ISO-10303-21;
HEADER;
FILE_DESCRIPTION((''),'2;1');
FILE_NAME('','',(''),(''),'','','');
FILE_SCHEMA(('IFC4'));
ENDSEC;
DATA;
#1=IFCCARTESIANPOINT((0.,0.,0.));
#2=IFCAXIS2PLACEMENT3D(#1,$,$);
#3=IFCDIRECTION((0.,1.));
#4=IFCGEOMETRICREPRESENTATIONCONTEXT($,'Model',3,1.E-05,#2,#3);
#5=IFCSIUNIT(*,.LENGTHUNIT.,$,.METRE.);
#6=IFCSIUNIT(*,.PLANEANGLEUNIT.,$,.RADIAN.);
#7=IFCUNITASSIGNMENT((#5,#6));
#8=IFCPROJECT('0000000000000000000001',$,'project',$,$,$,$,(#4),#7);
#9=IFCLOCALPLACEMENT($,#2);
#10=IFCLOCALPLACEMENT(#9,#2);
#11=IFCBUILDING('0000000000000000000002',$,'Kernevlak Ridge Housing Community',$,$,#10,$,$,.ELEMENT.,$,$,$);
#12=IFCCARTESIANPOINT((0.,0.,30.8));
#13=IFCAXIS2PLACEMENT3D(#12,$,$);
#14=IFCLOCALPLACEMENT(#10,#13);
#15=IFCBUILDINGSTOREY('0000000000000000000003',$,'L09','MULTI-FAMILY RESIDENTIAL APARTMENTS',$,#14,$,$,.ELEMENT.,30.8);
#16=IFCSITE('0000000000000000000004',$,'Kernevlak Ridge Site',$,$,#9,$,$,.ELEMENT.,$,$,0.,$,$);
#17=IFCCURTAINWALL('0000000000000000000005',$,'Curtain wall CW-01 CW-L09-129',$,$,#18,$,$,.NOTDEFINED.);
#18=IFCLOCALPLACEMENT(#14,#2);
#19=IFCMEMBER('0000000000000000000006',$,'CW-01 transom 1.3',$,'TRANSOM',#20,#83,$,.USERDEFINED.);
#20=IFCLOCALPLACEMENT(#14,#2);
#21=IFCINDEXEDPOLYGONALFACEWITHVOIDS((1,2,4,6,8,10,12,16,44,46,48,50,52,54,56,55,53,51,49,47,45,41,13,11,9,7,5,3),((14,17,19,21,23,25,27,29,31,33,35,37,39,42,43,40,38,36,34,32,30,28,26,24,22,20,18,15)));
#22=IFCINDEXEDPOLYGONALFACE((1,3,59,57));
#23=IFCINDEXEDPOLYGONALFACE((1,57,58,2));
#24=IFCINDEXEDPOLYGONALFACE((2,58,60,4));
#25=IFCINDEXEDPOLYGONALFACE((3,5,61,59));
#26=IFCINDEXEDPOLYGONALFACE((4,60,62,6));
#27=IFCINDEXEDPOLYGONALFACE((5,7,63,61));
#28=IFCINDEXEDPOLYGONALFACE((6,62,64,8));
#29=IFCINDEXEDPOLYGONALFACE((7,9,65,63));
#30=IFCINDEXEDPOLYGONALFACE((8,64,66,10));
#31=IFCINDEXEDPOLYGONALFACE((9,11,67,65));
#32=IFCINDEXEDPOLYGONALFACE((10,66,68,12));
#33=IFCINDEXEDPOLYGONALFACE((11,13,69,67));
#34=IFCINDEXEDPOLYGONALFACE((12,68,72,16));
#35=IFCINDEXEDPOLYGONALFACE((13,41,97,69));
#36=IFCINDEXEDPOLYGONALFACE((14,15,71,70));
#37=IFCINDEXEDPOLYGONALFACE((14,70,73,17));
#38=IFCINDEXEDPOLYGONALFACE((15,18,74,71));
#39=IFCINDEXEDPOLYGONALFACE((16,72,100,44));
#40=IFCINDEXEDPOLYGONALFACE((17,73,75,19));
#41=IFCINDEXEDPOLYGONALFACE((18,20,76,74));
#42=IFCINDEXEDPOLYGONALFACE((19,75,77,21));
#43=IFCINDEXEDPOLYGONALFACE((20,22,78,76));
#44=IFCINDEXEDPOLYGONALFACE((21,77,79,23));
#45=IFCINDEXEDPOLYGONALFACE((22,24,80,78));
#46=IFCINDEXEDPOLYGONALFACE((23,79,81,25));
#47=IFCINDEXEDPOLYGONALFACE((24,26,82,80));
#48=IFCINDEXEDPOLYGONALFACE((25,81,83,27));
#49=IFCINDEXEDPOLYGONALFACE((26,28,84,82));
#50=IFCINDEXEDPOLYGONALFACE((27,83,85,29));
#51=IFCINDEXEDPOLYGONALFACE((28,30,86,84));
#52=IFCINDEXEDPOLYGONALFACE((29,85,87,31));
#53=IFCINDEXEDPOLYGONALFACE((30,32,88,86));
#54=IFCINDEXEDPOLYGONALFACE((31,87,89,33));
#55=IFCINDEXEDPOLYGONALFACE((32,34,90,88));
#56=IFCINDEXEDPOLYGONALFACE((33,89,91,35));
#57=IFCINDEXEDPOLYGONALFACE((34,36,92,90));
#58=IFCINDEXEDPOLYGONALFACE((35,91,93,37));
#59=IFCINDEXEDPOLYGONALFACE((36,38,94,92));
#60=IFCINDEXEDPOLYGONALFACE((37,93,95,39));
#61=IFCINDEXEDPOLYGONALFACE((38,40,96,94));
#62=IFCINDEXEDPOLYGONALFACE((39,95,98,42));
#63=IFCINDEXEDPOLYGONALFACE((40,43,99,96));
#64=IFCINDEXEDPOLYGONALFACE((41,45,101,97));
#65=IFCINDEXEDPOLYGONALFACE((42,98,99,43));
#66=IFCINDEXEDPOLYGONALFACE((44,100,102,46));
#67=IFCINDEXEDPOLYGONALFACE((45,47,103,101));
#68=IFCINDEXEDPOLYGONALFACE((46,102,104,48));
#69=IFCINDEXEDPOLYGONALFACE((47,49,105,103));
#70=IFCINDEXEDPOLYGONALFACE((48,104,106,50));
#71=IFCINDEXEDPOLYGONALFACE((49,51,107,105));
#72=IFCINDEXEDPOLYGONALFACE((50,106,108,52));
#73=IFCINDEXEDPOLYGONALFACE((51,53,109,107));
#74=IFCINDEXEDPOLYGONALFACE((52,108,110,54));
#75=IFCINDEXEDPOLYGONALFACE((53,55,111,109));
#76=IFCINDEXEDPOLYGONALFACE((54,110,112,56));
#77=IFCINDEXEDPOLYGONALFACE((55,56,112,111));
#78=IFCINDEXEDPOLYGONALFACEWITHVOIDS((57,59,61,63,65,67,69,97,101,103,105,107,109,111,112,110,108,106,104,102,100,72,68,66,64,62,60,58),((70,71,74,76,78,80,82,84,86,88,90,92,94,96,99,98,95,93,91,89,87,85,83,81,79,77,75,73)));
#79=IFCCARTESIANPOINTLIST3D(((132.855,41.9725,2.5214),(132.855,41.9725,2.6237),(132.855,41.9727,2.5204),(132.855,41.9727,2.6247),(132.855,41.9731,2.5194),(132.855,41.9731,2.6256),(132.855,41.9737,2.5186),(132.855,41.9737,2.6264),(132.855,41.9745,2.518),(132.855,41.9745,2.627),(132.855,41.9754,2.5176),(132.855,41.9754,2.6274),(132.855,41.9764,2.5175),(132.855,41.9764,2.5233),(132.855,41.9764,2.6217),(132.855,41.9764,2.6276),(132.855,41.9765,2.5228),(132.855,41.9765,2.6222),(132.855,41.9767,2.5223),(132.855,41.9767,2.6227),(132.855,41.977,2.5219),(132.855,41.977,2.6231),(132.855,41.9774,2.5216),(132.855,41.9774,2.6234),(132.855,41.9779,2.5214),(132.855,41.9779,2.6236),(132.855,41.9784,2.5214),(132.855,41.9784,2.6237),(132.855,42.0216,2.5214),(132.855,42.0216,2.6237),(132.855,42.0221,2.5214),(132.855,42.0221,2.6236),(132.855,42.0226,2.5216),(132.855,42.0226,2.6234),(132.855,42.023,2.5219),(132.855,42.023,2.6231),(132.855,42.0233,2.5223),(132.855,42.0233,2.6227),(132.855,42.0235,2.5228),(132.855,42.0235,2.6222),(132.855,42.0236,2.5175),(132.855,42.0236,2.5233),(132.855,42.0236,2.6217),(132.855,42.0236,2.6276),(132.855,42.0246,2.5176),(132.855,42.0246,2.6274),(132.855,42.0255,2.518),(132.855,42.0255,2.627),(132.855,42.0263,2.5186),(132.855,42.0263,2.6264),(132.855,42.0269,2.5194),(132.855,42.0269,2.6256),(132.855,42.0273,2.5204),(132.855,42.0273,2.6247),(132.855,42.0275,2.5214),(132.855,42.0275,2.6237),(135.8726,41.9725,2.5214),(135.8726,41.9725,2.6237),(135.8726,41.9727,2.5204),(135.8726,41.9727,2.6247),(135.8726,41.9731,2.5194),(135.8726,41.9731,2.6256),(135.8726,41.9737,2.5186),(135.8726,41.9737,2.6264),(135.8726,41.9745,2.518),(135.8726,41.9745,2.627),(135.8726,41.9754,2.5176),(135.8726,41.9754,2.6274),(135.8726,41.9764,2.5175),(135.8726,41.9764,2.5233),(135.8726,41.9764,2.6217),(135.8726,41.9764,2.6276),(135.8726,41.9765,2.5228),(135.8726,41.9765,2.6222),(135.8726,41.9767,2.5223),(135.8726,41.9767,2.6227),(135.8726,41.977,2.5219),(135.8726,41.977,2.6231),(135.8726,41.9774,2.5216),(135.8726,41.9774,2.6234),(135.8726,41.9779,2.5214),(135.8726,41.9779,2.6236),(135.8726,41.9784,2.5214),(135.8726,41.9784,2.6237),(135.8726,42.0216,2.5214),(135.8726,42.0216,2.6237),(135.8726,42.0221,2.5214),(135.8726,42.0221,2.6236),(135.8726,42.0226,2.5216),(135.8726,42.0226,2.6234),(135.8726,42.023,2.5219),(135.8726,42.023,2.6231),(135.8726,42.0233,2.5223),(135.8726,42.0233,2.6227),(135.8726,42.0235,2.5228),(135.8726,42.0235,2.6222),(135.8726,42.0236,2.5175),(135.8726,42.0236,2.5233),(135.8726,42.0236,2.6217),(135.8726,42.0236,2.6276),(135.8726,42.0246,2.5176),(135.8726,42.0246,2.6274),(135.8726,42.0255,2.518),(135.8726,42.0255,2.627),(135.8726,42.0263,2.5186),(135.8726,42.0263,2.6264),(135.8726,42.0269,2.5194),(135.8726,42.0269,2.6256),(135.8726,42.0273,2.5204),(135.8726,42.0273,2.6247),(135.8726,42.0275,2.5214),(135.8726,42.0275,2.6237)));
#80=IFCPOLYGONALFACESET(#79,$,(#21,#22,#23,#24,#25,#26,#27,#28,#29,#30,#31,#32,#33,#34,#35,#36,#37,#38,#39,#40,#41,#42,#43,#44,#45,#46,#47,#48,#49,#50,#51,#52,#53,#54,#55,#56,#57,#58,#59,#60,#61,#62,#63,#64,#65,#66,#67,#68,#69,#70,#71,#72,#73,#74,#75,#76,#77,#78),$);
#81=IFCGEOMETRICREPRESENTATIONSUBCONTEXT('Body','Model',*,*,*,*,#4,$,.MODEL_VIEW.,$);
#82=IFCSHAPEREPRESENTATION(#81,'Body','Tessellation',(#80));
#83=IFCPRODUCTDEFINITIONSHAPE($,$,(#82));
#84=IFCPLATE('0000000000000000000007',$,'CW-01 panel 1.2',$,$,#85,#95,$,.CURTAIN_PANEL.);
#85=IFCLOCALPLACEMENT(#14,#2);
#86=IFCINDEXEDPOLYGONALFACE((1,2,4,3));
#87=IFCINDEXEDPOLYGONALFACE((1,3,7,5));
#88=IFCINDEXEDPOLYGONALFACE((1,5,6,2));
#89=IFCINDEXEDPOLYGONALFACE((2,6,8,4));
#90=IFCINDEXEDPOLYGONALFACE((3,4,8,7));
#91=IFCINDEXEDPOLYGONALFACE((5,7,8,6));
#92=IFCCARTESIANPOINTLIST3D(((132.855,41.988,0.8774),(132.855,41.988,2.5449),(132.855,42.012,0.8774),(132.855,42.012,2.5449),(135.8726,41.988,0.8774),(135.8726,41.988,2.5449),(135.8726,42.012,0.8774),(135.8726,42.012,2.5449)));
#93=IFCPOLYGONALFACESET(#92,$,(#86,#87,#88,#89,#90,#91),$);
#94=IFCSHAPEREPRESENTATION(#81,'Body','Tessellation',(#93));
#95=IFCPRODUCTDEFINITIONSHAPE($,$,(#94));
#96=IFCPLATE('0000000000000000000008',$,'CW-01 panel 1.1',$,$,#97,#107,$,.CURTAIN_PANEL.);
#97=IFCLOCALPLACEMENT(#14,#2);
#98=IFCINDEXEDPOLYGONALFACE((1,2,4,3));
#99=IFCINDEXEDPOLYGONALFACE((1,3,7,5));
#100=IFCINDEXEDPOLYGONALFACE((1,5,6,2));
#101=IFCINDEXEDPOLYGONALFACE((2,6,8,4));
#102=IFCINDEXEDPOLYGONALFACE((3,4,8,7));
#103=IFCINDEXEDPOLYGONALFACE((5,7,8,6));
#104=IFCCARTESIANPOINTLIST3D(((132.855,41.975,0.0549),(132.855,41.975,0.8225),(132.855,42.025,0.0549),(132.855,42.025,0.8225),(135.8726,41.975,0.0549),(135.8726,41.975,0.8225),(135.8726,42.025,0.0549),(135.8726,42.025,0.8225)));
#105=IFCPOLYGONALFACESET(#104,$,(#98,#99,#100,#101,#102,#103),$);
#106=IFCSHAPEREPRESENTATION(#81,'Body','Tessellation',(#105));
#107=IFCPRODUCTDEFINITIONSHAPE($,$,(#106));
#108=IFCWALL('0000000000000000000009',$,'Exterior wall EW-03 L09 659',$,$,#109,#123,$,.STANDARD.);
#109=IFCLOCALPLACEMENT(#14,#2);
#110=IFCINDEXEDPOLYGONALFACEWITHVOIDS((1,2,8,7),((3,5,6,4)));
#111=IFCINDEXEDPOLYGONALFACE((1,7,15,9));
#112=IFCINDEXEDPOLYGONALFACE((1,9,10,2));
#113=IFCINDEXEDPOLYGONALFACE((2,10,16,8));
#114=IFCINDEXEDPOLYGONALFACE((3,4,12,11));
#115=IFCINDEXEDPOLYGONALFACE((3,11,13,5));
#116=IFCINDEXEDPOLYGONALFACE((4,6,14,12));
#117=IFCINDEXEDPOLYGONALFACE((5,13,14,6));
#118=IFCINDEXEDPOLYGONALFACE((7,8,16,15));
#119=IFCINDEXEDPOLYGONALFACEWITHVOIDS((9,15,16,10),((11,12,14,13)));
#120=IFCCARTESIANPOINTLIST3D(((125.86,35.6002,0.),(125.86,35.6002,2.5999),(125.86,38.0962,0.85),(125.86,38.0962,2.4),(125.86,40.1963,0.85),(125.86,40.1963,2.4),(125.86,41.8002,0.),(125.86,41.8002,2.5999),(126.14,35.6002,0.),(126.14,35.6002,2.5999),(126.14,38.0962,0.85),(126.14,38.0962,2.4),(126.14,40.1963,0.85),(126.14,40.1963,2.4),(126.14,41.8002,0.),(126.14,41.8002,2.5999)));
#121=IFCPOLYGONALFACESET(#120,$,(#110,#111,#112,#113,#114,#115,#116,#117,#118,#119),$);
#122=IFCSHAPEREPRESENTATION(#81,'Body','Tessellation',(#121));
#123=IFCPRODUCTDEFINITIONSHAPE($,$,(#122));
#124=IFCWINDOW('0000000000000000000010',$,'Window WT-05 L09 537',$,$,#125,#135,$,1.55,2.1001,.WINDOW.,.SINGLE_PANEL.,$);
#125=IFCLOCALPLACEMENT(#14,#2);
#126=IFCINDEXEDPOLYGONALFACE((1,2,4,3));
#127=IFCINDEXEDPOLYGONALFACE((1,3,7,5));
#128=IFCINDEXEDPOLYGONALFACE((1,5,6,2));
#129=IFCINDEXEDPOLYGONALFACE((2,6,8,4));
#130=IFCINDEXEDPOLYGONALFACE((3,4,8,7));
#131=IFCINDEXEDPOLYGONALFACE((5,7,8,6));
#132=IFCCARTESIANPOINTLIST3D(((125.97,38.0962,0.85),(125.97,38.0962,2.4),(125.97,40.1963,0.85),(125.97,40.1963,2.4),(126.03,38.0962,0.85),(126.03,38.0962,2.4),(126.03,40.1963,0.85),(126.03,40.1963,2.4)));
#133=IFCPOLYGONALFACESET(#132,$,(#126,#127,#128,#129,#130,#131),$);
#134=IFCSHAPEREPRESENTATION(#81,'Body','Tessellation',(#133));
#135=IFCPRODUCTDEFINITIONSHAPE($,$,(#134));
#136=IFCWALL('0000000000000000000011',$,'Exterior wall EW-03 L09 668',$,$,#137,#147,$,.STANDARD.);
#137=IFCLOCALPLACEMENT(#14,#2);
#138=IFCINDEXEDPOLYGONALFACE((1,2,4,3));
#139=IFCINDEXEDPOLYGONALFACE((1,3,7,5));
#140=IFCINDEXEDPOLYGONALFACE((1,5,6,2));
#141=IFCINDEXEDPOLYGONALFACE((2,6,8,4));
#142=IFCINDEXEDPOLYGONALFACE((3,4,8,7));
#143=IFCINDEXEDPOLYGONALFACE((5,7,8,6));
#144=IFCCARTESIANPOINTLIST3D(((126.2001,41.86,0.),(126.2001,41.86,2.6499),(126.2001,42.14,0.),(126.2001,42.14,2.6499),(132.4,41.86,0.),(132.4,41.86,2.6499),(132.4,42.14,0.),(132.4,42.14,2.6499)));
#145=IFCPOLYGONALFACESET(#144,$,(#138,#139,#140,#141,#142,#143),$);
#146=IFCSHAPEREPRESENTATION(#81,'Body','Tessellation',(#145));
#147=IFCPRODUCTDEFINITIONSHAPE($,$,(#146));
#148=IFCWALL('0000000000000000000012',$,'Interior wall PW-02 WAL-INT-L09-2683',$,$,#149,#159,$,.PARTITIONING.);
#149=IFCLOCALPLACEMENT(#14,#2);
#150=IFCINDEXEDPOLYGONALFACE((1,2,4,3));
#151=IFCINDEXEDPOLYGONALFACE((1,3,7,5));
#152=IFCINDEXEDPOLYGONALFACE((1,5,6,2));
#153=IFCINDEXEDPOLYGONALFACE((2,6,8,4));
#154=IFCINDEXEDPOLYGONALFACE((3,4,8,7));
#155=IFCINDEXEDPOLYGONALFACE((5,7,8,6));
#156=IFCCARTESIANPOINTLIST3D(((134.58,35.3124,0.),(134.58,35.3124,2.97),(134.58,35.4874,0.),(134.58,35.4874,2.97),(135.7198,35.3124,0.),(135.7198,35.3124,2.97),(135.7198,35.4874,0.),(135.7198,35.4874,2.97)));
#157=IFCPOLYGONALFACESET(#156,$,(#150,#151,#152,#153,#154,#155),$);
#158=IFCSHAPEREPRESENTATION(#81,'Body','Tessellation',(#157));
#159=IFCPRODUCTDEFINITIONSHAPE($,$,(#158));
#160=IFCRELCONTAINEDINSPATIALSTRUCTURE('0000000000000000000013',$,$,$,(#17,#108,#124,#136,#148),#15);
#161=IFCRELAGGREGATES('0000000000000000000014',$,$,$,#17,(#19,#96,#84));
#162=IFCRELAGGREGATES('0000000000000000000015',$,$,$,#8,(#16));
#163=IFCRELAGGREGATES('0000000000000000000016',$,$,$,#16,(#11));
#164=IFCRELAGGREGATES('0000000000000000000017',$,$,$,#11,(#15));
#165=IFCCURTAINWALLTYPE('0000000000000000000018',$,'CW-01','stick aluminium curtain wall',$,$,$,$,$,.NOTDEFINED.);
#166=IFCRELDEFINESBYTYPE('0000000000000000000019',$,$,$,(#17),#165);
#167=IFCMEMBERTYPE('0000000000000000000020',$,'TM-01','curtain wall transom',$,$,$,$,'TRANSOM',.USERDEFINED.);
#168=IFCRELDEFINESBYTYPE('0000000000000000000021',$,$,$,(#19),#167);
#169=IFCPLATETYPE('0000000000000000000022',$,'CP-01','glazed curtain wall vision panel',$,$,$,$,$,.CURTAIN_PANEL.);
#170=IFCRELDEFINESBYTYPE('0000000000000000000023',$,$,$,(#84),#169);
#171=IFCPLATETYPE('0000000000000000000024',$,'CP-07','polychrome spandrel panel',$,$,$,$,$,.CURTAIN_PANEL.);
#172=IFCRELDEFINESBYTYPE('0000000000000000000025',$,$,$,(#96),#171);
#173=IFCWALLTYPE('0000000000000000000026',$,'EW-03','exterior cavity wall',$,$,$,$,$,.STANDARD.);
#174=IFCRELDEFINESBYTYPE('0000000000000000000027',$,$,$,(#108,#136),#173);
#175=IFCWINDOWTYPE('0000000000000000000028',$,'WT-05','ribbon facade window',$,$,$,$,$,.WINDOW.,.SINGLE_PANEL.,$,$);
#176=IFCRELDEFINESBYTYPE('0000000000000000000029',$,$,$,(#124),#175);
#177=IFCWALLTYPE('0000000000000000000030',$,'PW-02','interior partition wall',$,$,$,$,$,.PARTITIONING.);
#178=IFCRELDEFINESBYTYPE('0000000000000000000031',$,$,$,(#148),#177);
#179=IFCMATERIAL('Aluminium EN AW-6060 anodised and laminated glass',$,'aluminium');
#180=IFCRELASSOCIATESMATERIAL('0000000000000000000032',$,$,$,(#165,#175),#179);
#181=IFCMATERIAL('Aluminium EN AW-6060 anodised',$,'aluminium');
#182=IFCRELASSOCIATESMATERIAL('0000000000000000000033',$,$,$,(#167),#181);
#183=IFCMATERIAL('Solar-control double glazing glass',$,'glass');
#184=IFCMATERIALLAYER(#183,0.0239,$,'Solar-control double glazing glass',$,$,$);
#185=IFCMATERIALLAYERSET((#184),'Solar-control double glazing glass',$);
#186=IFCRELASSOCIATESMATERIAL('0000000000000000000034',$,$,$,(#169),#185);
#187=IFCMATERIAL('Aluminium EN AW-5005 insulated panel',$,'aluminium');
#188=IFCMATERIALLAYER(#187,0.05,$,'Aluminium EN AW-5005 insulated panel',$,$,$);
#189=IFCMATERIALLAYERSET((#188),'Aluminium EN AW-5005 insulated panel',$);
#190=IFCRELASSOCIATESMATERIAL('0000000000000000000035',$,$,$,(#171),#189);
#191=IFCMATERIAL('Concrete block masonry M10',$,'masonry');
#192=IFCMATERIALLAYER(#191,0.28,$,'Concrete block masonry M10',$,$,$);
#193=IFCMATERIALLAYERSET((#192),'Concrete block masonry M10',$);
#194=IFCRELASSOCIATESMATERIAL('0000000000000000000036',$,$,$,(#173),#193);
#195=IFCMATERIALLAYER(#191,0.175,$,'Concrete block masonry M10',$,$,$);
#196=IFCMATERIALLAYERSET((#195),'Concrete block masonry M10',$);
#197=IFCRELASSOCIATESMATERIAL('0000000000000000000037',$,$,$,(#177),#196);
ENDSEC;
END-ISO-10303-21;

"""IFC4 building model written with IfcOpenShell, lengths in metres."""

from ifc_helpers import new_model, si_unit, direction, frame, frame_2d, origin, origin_2d, place, context, subcontext, project, spatial, rectangle, hollow_rectangle, extrude, material, layer, layer_set, material_profile, profile_set, type_object, element, fill, aggregate, save


model = new_model("IFC4")

# Units and contexts
model_context = context("Model", 3, precision=1e-05, world=origin(), true_north=direction((0.0, 1.0)))
body_context = subcontext(model_context, "Body", "Model", "MODEL_VIEW")
ifc_project = project(units=[si_unit("LENGTHUNIT", "METRE"), si_unit("PLANEANGLEUNIT", "RADIAN")], contexts=[model_context])

# Site, building, storey
site_placement = place(None, origin())
site = spatial("IfcSite", under=ifc_project, at=site_placement, Name="Kernevlak Ridge Site", CompositionType="ELEMENT", RefElevation=0.0)
building_placement = place(site_placement, origin())
building = spatial("IfcBuilding", under=site, at=building_placement, Name="Kernevlak Ridge Housing Community", CompositionType="ELEMENT")
storey_placement = place(building_placement, frame((0.0, 0.0, 30.8)))
storey = spatial("IfcBuildingStorey", under=building, at=storey_placement, Name="L09", Description="MULTI-FAMILY RESIDENTIAL APARTMENTS", CompositionType="ELEMENT", Elevation=30.8)

# Curtain wall
ifc_material_1 = material(Name="Aluminium EN AW-6060 anodised and laminated glass", Category="aluminium")
curtain_wall_type = type_object("IfcCurtainWallType", Name="CW-01", Description="stick aluminium curtain wall", PredefinedType="NOTDEFINED", material=ifc_material_1)
curtain_wall_placement = place(storey_placement, origin())
curtain_wall = element("IfcCurtainWall", 1, at=curtain_wall_placement, inside=storey, type_object=curtain_wall_type, Name="Curtain wall CW-01 CW-L09-129", PredefinedType="NOTDEFINED")
ifc_material_2 = material(Name="Aluminium EN AW-6060 anodised", Category="aluminium")

# Member
ifc_material_profile_1 = material_profile(ifc_material_2, hollow_rectangle(XDim=0.0549, YDim=0.1101, WallThickness=0.0039, InnerFilletRadius=0.002, OuterFilletRadius=0.0039, at=origin_2d()), Name="ALU 55x110x4")
ifc_profile_set_1 = profile_set([ifc_material_profile_1], Name="Aluminium EN AW-6060 anodised")
member_type_1 = type_object("IfcMemberType", Name="TM-01", Description="curtain wall transom", ElementType="TRANSOM", PredefinedType="USERDEFINED", material=ifc_profile_set_1)
member_1_placement = place(storey_placement, frame((132.855, 42.0, 2.5725), z_axis=(1.0, 0.0, 0.0), x_axis=(0.0, 1.0, 0.0)))
member_1 = element("IfcMember", 2, at=member_1_placement, type_object=member_type_1, Name="CW-01 transom 1.3", ObjectType="TRANSOM", PredefinedType="USERDEFINED", context=body_context, shape_type="SweptSolid", body=[
    extrude(hollow_rectangle(XDim=0.0549, YDim=0.1101, WallThickness=0.0039, InnerFilletRadius=0.002, OuterFilletRadius=0.0039, at=origin_2d()), origin(), (0.0, 0.0, 1.0), 3.0176),
])

# Plates
ifc_material_3 = material(Name="Solar-control double glazing glass", Category="glass")
ifc_layer_1 = layer(ifc_material_3, 0.0239, Name="Solar-control double glazing glass")
ifc_layer_set_1 = layer_set([ifc_layer_1], Name="Solar-control double glazing glass")
plate_type_1 = type_object("IfcPlateType", Name="CP-01", Description="glazed curtain wall vision panel", PredefinedType="CURTAIN_PANEL", material=ifc_layer_set_1)
plate_1_placement = place(storey_placement, frame((134.3638, 42.0, 0.8774), z_axis=(0.0, 0.0, 1.0), x_axis=(1.0, 0.0, 0.0)))
plate_1 = element("IfcPlate", 3, at=plate_1_placement, type_object=plate_type_1, Name="CW-01 panel 1.2", PredefinedType="CURTAIN_PANEL", context=body_context, shape_type="SweptSolid", body=[
    extrude(rectangle(XDim=3.0176, YDim=0.0239, at=origin_2d()), origin(), (0.0, 0.0, 1.0), 1.6675),
])
ifc_material_4 = material(Name="Aluminium EN AW-5005 insulated panel", Category="aluminium")
ifc_layer_2 = layer(ifc_material_4, 0.05, Name="Aluminium EN AW-5005 insulated panel")
ifc_layer_set_2 = layer_set([ifc_layer_2], Name="Aluminium EN AW-5005 insulated panel")
plate_type_2 = type_object("IfcPlateType", Name="CP-07", Description="polychrome spandrel panel", PredefinedType="CURTAIN_PANEL", material=ifc_layer_set_2)
plate_2_placement = place(storey_placement, frame((134.3638, 42.0, 0.0549), z_axis=(0.0, 0.0, 1.0), x_axis=(1.0, 0.0, 0.0)))
plate_2 = element("IfcPlate", 4, at=plate_2_placement, type_object=plate_type_2, Name="CW-01 panel 1.1", PredefinedType="CURTAIN_PANEL", context=body_context, shape_type="SweptSolid", body=[
    extrude(rectangle(XDim=3.0176, YDim=0.05, at=origin_2d()), origin(), (0.0, 0.0, 1.0), 0.7676),
])
aggregate(curtain_wall, [member_1, plate_2, plate_1])

# Wall, opening, window
ifc_material_5 = material(Name="Concrete block masonry M10", Category="masonry")
ifc_layer_3 = layer(ifc_material_5, 0.28, Name="Concrete block masonry M10")
ifc_layer_set_3 = layer_set([ifc_layer_3], Name="Concrete block masonry M10")
wall_type_1 = type_object("IfcWallType", Name="EW-03", Description="exterior cavity wall", PredefinedType="STANDARD", material=ifc_layer_set_3)
wall_1_placement = place(storey_placement, frame((126.0, 35.6001, 0.0), z_axis=(0.0, 0.0, 1.0), x_axis=(0.0, 1.0, 0.0)))
wall_1 = element("IfcWall", 5, at=wall_1_placement, inside=storey, type_object=wall_type_1, Name="Exterior wall EW-03 L09 659", PredefinedType="STANDARD", context=body_context, shape_type="SweptSolid", body=[
    extrude(rectangle(XDim=6.2, YDim=0.28, at=frame_2d((3.1001, 0.0))), origin(), (0.0, 0.0, 1.0), 2.5999),
])
opening_1_placement = place(wall_1_placement, frame((2.4961, 0.0, 0.8501)))
opening_1 = element("IfcOpeningElement", 6, at=opening_1_placement, cuts=wall_1, PredefinedType="OPENING", context=body_context, shape_type="SweptSolid", body=[
    extrude(rectangle(XDim=2.1001, YDim=1.55, at=frame_2d((1.05, 0.7749))), frame((0.0, 0.1499, 0.0), z_axis=(0.0, -1.0, 0.0), x_axis=(1.0, 0.0, 0.0)), (0.0, 0.0, 1.0), 0.3),
])
window_type = type_object("IfcWindowType", Name="WT-05", Description="ribbon facade window", PartitioningType="SINGLE_PANEL", PredefinedType="WINDOW", material=ifc_material_1)
window_placement = place(opening_1_placement, origin())
window = element("IfcWindow", 7, at=window_placement, inside=storey, type_object=window_type, Name="Window WT-05 L09 537", OverallHeight=1.55, OverallWidth=2.1001, PartitioningType="SINGLE_PANEL", PredefinedType="WINDOW", context=body_context, shape_type="SweptSolid", body=[
    extrude(rectangle(XDim=2.1001, YDim=1.55, at=frame_2d((1.05, 0.7749))), frame((0.0, 0.03, 0.0), z_axis=(0.0, -1.0, 0.0), x_axis=(1.0, 0.0, 0.0)), (0.0, 0.0, 1.0), 0.0601),
])
fill(opening_1, window)

# Walls
wall_2_placement = place(storey_placement, frame((126.2, 42.0, 0.0), z_axis=(0.0, 0.0, 1.0), x_axis=(1.0, 0.0, 0.0)))
element("IfcWall", 8, at=wall_2_placement, inside=storey, type_object=wall_type_1, Name="Exterior wall EW-03 L09 668", PredefinedType="STANDARD", context=body_context, shape_type="SweptSolid", body=[
    extrude(rectangle(XDim=6.2, YDim=0.28, at=frame_2d((3.1001, 0.0))), origin(), (0.0, 0.0, 1.0), 2.6499),
])
ifc_layer_4 = layer(ifc_material_5, 0.175, Name="Concrete block masonry M10")
ifc_layer_set_4 = layer_set([ifc_layer_4], Name="Concrete block masonry M10")
wall_type_2 = type_object("IfcWallType", Name="PW-02", Description="interior partition wall", PredefinedType="PARTITIONING", material=ifc_layer_set_4)
wall_3_placement = place(storey_placement, frame((134.5801, 35.3999, 0.0), z_axis=(0.0, 0.0, 1.0), x_axis=(1.0, 0.0, 0.0)))
element("IfcWall", 9, at=wall_3_placement, inside=storey, type_object=wall_type_2, Name="Interior wall PW-02 WAL-INT-L09-2683", PredefinedType="PARTITIONING", context=body_context, shape_type="SweptSolid", body=[
    extrude(rectangle(XDim=1.1399, YDim=0.175, at=frame_2d((0.5698, 0.0))), origin(), (0.0, 0.0, 1.0), 2.97),
])

save(model, "model.ifc")
